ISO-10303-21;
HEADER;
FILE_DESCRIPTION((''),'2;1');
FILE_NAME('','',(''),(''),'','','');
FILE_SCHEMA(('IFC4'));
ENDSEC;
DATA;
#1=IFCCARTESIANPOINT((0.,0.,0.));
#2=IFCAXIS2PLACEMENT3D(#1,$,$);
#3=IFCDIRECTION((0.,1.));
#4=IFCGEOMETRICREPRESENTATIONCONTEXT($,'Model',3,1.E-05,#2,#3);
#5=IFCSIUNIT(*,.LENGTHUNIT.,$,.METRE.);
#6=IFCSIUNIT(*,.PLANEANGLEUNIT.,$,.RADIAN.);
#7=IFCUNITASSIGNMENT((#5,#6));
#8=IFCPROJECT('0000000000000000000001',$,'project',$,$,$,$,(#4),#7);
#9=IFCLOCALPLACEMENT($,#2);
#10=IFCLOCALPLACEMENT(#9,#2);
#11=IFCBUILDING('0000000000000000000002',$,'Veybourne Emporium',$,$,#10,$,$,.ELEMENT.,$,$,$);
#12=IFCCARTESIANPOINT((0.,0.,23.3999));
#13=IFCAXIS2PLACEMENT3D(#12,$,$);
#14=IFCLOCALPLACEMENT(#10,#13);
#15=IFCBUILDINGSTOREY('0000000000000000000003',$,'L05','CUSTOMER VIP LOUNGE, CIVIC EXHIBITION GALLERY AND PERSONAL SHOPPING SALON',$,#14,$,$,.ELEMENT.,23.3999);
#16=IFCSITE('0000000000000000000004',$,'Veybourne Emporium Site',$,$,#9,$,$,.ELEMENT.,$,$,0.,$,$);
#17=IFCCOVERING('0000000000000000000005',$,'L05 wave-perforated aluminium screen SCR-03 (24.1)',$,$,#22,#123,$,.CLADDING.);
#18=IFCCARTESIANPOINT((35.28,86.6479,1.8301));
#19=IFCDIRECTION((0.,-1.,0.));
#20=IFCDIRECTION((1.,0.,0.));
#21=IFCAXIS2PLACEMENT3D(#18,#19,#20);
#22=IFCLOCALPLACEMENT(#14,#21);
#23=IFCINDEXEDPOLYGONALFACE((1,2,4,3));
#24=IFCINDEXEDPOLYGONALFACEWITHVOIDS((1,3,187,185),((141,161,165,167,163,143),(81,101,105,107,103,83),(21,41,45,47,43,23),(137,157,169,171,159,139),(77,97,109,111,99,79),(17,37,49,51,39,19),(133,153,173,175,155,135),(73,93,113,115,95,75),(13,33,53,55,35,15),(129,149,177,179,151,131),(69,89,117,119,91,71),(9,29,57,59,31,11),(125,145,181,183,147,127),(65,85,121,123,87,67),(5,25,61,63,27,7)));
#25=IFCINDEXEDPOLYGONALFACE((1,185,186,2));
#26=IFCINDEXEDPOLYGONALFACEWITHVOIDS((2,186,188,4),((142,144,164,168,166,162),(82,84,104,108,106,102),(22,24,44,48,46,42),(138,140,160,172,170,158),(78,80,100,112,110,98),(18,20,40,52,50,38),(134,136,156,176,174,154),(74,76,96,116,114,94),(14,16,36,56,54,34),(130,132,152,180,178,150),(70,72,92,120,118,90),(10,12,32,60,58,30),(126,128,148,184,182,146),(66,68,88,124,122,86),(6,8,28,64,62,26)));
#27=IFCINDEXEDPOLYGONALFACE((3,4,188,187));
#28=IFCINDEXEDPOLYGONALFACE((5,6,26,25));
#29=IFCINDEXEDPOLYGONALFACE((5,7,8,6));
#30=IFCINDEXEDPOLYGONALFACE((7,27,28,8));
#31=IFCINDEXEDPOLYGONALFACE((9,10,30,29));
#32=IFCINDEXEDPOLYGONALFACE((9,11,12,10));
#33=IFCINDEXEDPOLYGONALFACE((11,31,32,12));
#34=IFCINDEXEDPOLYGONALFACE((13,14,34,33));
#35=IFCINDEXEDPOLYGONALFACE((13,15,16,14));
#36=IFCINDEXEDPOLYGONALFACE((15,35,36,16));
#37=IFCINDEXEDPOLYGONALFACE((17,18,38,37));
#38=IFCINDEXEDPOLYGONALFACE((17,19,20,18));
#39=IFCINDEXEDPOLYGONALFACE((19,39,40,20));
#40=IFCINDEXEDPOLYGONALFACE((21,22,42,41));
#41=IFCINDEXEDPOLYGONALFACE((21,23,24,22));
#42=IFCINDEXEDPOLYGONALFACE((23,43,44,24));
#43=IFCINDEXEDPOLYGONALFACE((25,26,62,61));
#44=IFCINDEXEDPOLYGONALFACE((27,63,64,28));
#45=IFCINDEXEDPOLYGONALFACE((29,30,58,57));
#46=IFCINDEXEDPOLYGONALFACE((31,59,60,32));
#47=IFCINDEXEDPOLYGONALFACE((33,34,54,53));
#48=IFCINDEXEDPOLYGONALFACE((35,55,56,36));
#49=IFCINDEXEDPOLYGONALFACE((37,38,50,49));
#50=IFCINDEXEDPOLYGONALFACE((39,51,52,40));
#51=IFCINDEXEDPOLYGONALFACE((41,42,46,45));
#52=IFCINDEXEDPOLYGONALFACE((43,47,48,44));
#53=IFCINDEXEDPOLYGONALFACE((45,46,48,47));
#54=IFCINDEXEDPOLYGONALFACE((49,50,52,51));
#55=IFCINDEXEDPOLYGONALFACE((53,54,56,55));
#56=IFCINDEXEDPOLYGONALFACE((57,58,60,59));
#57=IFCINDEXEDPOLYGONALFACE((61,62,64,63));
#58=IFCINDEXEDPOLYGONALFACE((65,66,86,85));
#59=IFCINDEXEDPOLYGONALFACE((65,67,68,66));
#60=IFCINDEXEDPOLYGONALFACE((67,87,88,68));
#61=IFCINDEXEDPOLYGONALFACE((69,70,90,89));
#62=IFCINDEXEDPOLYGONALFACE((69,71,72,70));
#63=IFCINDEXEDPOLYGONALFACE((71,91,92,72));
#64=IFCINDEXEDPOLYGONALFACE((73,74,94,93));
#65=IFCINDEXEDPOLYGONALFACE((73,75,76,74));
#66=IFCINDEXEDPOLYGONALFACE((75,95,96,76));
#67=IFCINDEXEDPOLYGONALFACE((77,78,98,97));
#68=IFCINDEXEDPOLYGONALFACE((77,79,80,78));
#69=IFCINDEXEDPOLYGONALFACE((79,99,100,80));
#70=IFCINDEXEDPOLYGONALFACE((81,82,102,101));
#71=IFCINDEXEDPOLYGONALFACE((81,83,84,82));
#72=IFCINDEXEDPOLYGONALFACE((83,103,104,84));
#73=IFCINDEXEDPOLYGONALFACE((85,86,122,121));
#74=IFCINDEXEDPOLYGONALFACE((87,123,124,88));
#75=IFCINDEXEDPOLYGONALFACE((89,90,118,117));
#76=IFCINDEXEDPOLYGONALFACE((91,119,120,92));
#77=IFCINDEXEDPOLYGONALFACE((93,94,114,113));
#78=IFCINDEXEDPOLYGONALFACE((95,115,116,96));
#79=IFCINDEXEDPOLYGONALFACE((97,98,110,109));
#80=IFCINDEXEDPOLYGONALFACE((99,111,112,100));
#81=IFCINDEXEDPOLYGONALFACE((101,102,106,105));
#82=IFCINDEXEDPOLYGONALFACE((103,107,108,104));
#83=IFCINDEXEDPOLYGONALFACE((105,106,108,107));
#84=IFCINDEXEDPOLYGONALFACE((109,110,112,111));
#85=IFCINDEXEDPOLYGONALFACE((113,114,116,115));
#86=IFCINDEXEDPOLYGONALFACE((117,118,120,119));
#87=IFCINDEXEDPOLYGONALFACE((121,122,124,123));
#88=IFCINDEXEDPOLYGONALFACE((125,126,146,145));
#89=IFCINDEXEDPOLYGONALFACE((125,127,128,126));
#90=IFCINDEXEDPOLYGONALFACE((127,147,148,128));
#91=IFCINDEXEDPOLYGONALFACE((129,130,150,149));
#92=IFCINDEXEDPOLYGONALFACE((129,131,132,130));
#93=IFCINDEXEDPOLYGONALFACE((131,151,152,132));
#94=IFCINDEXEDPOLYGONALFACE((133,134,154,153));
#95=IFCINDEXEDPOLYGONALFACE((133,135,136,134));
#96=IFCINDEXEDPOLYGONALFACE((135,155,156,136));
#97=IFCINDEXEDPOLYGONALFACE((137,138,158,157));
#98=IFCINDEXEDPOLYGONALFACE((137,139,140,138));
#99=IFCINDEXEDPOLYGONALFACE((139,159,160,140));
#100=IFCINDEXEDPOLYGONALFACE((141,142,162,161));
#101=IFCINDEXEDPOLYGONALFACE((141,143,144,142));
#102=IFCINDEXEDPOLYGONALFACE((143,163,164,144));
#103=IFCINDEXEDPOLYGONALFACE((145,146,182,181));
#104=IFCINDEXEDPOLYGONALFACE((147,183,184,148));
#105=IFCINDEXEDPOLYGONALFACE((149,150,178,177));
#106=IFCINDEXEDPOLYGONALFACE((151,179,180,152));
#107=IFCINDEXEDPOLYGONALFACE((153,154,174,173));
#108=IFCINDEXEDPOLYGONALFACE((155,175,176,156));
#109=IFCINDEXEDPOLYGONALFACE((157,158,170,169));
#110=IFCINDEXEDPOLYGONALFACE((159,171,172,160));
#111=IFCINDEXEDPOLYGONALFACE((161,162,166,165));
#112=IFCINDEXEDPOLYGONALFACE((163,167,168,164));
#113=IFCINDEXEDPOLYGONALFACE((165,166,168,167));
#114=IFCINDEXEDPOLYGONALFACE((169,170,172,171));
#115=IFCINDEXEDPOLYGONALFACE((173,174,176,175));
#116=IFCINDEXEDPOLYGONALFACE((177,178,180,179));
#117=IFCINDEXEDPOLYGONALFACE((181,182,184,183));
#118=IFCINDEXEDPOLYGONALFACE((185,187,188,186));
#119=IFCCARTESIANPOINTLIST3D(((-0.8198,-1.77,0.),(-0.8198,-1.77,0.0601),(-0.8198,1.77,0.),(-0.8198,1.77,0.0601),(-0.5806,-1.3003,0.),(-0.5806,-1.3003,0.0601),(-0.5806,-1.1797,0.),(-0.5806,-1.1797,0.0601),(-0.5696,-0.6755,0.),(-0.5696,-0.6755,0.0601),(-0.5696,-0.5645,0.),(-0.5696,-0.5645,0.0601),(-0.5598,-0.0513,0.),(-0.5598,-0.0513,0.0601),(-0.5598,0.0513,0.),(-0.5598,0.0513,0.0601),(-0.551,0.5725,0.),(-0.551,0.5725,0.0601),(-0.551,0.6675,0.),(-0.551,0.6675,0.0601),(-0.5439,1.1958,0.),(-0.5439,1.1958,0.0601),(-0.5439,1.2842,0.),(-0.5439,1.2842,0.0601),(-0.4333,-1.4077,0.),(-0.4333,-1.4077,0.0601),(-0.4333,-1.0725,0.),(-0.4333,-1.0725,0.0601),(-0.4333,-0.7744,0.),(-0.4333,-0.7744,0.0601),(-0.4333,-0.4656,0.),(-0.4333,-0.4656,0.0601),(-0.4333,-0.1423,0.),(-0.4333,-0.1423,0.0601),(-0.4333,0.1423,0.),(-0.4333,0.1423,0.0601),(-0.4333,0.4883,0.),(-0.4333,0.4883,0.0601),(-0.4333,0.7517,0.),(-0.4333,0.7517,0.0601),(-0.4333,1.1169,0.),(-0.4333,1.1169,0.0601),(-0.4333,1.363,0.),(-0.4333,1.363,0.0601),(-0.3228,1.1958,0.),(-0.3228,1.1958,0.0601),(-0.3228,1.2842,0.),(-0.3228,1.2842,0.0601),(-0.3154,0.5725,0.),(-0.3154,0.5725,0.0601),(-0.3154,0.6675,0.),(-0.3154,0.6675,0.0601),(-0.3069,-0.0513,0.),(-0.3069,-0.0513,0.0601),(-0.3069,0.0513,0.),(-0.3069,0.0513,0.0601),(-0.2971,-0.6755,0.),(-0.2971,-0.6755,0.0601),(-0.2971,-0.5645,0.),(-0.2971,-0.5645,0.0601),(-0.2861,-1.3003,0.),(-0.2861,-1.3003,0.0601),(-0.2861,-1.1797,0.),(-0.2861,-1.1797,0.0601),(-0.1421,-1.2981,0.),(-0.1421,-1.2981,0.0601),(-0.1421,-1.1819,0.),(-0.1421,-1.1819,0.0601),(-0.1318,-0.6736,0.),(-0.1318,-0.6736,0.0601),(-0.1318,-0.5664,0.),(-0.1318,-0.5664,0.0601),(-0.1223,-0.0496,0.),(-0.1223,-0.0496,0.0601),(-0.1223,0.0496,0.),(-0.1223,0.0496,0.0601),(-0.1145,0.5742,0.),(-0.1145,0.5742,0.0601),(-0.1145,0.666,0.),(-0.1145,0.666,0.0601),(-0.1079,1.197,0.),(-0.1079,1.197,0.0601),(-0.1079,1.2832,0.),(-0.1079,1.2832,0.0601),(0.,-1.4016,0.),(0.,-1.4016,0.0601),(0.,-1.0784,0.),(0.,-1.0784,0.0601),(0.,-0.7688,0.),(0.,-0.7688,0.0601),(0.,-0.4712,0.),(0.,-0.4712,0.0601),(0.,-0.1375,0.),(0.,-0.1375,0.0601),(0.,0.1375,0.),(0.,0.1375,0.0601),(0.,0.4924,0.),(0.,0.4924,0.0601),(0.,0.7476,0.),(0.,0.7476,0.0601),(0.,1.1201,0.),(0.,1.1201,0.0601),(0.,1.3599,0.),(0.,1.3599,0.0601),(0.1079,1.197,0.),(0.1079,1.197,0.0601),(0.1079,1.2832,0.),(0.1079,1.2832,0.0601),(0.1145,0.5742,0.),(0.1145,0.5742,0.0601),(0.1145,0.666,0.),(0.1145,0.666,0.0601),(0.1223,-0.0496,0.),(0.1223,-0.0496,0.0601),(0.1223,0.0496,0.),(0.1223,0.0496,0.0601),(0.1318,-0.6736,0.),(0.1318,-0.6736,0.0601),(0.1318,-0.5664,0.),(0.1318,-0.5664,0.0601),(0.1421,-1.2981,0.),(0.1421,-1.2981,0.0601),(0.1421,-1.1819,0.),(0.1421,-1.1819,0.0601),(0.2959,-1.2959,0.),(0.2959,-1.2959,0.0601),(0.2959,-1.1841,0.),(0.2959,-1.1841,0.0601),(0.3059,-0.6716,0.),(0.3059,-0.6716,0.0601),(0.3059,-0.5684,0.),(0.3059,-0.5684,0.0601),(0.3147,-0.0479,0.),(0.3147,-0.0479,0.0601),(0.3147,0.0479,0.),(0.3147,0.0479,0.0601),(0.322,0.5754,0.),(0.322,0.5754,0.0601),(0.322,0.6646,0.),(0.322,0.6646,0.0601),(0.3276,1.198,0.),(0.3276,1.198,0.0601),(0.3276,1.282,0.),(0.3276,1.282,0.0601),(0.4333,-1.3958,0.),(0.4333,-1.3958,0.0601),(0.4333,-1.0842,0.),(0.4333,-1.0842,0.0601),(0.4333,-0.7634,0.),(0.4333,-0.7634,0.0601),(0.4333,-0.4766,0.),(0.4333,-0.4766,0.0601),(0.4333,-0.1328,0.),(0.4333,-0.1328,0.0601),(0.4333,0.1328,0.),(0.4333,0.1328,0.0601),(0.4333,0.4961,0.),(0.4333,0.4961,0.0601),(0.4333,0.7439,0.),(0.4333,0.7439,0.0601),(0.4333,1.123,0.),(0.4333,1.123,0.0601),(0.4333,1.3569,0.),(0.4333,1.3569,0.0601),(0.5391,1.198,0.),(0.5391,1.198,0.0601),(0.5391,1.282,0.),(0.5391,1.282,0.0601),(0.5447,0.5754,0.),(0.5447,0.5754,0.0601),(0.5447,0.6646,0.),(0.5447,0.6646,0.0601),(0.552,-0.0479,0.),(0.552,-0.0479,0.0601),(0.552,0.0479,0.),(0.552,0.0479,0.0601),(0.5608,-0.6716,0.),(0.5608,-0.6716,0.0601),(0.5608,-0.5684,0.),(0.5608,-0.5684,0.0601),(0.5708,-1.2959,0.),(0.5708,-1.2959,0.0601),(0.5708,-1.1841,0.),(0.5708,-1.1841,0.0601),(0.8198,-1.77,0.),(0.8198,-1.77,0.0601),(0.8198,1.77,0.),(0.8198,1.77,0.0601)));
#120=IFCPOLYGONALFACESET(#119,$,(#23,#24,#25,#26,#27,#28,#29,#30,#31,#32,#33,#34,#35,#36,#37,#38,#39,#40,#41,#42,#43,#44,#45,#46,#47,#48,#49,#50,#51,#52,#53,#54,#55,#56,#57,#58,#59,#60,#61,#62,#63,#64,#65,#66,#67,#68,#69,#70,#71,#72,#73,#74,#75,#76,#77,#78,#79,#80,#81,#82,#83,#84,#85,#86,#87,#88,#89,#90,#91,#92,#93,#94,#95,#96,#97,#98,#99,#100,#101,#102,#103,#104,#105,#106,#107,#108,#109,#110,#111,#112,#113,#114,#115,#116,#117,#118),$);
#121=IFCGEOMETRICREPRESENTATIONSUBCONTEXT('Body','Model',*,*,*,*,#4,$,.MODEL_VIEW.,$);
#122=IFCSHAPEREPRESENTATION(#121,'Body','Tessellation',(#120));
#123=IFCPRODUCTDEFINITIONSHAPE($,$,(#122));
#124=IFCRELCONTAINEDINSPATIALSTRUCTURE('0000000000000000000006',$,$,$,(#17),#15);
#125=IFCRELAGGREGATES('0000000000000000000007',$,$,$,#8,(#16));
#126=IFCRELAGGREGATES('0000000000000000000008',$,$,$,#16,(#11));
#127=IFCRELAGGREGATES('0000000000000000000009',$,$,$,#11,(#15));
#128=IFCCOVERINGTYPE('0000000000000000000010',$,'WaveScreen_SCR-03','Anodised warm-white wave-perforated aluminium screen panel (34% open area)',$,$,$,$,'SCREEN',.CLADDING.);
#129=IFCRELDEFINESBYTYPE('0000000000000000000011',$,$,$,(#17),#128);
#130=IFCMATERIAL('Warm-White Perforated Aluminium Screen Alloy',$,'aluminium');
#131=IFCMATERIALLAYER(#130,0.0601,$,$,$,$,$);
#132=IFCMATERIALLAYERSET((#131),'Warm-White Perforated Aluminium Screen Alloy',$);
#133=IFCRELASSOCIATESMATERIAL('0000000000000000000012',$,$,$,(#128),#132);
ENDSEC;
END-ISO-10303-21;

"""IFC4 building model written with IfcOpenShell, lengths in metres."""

from ifc_helpers import new_model, si_unit, direction, frame, origin, place, context, subcontext, project, spatial, polyline, outline, extrude, material, layer, layer_set, type_object, element, save


model = new_model("IFC4")

# Units and contexts
model_context = context("Model", 3, precision=1e-05, world=origin(), true_north=direction((0.0, 1.0)))
body_context = subcontext(model_context, "Body", "Model", "MODEL_VIEW")
ifc_project = project(units=[si_unit("LENGTHUNIT", "METRE"), si_unit("PLANEANGLEUNIT", "RADIAN")], contexts=[model_context])

# Site, building, storey
site_placement = place(None, origin())
site = spatial("IfcSite", under=ifc_project, at=site_placement, Name="Veybourne Emporium Site", CompositionType="ELEMENT", RefElevation=0.0)
building_placement = place(site_placement, origin())
building = spatial("IfcBuilding", under=site, at=building_placement, Name="Veybourne Emporium", CompositionType="ELEMENT")
storey_placement = place(building_placement, frame((0.0, 0.0, 23.3999)))
storey = spatial("IfcBuildingStorey", under=building, at=storey_placement, Name="L05", Description="CUSTOMER VIP LOUNGE, CIVIC EXHIBITION GALLERY AND PERSONAL SHOPPING SALON", CompositionType="ELEMENT", Elevation=23.3999)

# Covering
ifc_material_1 = material(Name="Warm-White Perforated Aluminium Screen Alloy", Category="aluminium")
ifc_layer_1 = layer(ifc_material_1, 0.0601)
ifc_layer_set_1 = layer_set([ifc_layer_1], Name="Warm-White Perforated Aluminium Screen Alloy")
covering_type_1 = type_object("IfcCoveringType", Name="WaveScreen_SCR-03", Description="Anodised warm-white wave-perforated aluminium screen panel (34% open area)", ElementType="SCREEN", PredefinedType="CLADDING", material=ifc_layer_set_1)
covering_1_placement = place(storey_placement, frame((35.28, 86.6479, 1.8301), z_axis=(0.0, -1.0, 0.0), x_axis=(1.0, 0.0, 0.0)))
element("IfcCovering", 1, at=covering_1_placement, inside=storey, type_object=covering_type_1, Name="L05 wave-perforated aluminium screen SCR-03 (24.1)", PredefinedType="CLADDING", context=body_context, shape_type="SweptSolid", body=[
    extrude(outline(polyline([(-0.8198, -1.77), (0.8198, -1.77), (0.8198, 1.77), (-0.8198, 1.77), (-0.8198, -1.77)]), holes=[polyline([(-0.4333, -1.0725), (-0.2861, -1.1797), (-0.2861, -1.3003), (-0.4333, -1.4077), (-0.5806, -1.3003), (-0.5806, -1.1797), (-0.4333, -1.0725)]), polyline([(-0.4333, -0.4656), (-0.2971, -0.5645), (-0.2971, -0.6755), (-0.4333, -0.7744), (-0.5696, -0.6755), (-0.5696, -0.5645), (-0.4333, -0.4656)]), polyline([(-0.4333, 0.1423), (-0.3069, 0.0513), (-0.3069, -0.0513), (-0.4333, -0.1423), (-0.5598, -0.0513), (-0.5598, 0.0513), (-0.4333, 0.1423)]), polyline([(-0.4333, 0.7517), (-0.3154, 0.6675), (-0.3154, 0.5725), (-0.4333, 0.4883), (-0.551, 0.5725), (-0.551, 0.6675), (-0.4333, 0.7517)]), polyline([(-0.4333, 1.363), (-0.3228, 1.2842), (-0.3228, 1.1958), (-0.4333, 1.1169), (-0.5439, 1.1958), (-0.5439, 1.2842), (-0.4333, 1.363)]), polyline([(0.0, -1.0784), (0.1421, -1.1819), (0.1421, -1.2981), (0.0, -1.4016), (-0.1421, -1.2981), (-0.1421, -1.1819), (0.0, -1.0784)]), polyline([(0.0, -0.4712), (0.1318, -0.5664), (0.1318, -0.6736), (0.0, -0.7688), (-0.1318, -0.6736), (-0.1318, -0.5664), (0.0, -0.4712)]), polyline([(0.0, 0.1375), (0.1223, 0.0496), (0.1223, -0.0496), (0.0, -0.1375), (-0.1223, -0.0496), (-0.1223, 0.0496), (0.0, 0.1375)]), polyline([(0.0, 0.7476), (0.1145, 0.666), (0.1145, 0.5742), (0.0, 0.4924), (-0.1145, 0.5742), (-0.1145, 0.666), (0.0, 0.7476)]), polyline([(0.0, 1.3599), (0.1079, 1.2832), (0.1079, 1.197), (0.0, 1.1201), (-0.1079, 1.197), (-0.1079, 1.2832), (0.0, 1.3599)]), polyline([(0.4333, -1.0842), (0.5708, -1.1841), (0.5708, -1.2959), (0.4333, -1.3958), (0.2959, -1.2959), (0.2959, -1.1841), (0.4333, -1.0842)]), polyline([(0.4333, -0.4766), (0.5608, -0.5684), (0.5608, -0.6716), (0.4333, -0.7634), (0.3059, -0.6716), (0.3059, -0.5684), (0.4333, -0.4766)]), polyline([(0.4333, 0.1328), (0.552, 0.0479), (0.552, -0.0479), (0.4333, -0.1328), (0.3147, -0.0479), (0.3147, 0.0479), (0.4333, 0.1328)]), polyline([(0.4333, 0.7439), (0.5447, 0.6646), (0.5447, 0.5754), (0.4333, 0.4961), (0.322, 0.5754), (0.322, 0.6646), (0.4333, 0.7439)]), polyline([(0.4333, 1.3569), (0.5391, 1.282), (0.5391, 1.198), (0.4333, 1.123), (0.3276, 1.198), (0.3276, 1.282), (0.4333, 1.3569)])]), origin(), (0.0, 0.0, 1.0), 0.0601),
])

save(model, "model.ifc")
